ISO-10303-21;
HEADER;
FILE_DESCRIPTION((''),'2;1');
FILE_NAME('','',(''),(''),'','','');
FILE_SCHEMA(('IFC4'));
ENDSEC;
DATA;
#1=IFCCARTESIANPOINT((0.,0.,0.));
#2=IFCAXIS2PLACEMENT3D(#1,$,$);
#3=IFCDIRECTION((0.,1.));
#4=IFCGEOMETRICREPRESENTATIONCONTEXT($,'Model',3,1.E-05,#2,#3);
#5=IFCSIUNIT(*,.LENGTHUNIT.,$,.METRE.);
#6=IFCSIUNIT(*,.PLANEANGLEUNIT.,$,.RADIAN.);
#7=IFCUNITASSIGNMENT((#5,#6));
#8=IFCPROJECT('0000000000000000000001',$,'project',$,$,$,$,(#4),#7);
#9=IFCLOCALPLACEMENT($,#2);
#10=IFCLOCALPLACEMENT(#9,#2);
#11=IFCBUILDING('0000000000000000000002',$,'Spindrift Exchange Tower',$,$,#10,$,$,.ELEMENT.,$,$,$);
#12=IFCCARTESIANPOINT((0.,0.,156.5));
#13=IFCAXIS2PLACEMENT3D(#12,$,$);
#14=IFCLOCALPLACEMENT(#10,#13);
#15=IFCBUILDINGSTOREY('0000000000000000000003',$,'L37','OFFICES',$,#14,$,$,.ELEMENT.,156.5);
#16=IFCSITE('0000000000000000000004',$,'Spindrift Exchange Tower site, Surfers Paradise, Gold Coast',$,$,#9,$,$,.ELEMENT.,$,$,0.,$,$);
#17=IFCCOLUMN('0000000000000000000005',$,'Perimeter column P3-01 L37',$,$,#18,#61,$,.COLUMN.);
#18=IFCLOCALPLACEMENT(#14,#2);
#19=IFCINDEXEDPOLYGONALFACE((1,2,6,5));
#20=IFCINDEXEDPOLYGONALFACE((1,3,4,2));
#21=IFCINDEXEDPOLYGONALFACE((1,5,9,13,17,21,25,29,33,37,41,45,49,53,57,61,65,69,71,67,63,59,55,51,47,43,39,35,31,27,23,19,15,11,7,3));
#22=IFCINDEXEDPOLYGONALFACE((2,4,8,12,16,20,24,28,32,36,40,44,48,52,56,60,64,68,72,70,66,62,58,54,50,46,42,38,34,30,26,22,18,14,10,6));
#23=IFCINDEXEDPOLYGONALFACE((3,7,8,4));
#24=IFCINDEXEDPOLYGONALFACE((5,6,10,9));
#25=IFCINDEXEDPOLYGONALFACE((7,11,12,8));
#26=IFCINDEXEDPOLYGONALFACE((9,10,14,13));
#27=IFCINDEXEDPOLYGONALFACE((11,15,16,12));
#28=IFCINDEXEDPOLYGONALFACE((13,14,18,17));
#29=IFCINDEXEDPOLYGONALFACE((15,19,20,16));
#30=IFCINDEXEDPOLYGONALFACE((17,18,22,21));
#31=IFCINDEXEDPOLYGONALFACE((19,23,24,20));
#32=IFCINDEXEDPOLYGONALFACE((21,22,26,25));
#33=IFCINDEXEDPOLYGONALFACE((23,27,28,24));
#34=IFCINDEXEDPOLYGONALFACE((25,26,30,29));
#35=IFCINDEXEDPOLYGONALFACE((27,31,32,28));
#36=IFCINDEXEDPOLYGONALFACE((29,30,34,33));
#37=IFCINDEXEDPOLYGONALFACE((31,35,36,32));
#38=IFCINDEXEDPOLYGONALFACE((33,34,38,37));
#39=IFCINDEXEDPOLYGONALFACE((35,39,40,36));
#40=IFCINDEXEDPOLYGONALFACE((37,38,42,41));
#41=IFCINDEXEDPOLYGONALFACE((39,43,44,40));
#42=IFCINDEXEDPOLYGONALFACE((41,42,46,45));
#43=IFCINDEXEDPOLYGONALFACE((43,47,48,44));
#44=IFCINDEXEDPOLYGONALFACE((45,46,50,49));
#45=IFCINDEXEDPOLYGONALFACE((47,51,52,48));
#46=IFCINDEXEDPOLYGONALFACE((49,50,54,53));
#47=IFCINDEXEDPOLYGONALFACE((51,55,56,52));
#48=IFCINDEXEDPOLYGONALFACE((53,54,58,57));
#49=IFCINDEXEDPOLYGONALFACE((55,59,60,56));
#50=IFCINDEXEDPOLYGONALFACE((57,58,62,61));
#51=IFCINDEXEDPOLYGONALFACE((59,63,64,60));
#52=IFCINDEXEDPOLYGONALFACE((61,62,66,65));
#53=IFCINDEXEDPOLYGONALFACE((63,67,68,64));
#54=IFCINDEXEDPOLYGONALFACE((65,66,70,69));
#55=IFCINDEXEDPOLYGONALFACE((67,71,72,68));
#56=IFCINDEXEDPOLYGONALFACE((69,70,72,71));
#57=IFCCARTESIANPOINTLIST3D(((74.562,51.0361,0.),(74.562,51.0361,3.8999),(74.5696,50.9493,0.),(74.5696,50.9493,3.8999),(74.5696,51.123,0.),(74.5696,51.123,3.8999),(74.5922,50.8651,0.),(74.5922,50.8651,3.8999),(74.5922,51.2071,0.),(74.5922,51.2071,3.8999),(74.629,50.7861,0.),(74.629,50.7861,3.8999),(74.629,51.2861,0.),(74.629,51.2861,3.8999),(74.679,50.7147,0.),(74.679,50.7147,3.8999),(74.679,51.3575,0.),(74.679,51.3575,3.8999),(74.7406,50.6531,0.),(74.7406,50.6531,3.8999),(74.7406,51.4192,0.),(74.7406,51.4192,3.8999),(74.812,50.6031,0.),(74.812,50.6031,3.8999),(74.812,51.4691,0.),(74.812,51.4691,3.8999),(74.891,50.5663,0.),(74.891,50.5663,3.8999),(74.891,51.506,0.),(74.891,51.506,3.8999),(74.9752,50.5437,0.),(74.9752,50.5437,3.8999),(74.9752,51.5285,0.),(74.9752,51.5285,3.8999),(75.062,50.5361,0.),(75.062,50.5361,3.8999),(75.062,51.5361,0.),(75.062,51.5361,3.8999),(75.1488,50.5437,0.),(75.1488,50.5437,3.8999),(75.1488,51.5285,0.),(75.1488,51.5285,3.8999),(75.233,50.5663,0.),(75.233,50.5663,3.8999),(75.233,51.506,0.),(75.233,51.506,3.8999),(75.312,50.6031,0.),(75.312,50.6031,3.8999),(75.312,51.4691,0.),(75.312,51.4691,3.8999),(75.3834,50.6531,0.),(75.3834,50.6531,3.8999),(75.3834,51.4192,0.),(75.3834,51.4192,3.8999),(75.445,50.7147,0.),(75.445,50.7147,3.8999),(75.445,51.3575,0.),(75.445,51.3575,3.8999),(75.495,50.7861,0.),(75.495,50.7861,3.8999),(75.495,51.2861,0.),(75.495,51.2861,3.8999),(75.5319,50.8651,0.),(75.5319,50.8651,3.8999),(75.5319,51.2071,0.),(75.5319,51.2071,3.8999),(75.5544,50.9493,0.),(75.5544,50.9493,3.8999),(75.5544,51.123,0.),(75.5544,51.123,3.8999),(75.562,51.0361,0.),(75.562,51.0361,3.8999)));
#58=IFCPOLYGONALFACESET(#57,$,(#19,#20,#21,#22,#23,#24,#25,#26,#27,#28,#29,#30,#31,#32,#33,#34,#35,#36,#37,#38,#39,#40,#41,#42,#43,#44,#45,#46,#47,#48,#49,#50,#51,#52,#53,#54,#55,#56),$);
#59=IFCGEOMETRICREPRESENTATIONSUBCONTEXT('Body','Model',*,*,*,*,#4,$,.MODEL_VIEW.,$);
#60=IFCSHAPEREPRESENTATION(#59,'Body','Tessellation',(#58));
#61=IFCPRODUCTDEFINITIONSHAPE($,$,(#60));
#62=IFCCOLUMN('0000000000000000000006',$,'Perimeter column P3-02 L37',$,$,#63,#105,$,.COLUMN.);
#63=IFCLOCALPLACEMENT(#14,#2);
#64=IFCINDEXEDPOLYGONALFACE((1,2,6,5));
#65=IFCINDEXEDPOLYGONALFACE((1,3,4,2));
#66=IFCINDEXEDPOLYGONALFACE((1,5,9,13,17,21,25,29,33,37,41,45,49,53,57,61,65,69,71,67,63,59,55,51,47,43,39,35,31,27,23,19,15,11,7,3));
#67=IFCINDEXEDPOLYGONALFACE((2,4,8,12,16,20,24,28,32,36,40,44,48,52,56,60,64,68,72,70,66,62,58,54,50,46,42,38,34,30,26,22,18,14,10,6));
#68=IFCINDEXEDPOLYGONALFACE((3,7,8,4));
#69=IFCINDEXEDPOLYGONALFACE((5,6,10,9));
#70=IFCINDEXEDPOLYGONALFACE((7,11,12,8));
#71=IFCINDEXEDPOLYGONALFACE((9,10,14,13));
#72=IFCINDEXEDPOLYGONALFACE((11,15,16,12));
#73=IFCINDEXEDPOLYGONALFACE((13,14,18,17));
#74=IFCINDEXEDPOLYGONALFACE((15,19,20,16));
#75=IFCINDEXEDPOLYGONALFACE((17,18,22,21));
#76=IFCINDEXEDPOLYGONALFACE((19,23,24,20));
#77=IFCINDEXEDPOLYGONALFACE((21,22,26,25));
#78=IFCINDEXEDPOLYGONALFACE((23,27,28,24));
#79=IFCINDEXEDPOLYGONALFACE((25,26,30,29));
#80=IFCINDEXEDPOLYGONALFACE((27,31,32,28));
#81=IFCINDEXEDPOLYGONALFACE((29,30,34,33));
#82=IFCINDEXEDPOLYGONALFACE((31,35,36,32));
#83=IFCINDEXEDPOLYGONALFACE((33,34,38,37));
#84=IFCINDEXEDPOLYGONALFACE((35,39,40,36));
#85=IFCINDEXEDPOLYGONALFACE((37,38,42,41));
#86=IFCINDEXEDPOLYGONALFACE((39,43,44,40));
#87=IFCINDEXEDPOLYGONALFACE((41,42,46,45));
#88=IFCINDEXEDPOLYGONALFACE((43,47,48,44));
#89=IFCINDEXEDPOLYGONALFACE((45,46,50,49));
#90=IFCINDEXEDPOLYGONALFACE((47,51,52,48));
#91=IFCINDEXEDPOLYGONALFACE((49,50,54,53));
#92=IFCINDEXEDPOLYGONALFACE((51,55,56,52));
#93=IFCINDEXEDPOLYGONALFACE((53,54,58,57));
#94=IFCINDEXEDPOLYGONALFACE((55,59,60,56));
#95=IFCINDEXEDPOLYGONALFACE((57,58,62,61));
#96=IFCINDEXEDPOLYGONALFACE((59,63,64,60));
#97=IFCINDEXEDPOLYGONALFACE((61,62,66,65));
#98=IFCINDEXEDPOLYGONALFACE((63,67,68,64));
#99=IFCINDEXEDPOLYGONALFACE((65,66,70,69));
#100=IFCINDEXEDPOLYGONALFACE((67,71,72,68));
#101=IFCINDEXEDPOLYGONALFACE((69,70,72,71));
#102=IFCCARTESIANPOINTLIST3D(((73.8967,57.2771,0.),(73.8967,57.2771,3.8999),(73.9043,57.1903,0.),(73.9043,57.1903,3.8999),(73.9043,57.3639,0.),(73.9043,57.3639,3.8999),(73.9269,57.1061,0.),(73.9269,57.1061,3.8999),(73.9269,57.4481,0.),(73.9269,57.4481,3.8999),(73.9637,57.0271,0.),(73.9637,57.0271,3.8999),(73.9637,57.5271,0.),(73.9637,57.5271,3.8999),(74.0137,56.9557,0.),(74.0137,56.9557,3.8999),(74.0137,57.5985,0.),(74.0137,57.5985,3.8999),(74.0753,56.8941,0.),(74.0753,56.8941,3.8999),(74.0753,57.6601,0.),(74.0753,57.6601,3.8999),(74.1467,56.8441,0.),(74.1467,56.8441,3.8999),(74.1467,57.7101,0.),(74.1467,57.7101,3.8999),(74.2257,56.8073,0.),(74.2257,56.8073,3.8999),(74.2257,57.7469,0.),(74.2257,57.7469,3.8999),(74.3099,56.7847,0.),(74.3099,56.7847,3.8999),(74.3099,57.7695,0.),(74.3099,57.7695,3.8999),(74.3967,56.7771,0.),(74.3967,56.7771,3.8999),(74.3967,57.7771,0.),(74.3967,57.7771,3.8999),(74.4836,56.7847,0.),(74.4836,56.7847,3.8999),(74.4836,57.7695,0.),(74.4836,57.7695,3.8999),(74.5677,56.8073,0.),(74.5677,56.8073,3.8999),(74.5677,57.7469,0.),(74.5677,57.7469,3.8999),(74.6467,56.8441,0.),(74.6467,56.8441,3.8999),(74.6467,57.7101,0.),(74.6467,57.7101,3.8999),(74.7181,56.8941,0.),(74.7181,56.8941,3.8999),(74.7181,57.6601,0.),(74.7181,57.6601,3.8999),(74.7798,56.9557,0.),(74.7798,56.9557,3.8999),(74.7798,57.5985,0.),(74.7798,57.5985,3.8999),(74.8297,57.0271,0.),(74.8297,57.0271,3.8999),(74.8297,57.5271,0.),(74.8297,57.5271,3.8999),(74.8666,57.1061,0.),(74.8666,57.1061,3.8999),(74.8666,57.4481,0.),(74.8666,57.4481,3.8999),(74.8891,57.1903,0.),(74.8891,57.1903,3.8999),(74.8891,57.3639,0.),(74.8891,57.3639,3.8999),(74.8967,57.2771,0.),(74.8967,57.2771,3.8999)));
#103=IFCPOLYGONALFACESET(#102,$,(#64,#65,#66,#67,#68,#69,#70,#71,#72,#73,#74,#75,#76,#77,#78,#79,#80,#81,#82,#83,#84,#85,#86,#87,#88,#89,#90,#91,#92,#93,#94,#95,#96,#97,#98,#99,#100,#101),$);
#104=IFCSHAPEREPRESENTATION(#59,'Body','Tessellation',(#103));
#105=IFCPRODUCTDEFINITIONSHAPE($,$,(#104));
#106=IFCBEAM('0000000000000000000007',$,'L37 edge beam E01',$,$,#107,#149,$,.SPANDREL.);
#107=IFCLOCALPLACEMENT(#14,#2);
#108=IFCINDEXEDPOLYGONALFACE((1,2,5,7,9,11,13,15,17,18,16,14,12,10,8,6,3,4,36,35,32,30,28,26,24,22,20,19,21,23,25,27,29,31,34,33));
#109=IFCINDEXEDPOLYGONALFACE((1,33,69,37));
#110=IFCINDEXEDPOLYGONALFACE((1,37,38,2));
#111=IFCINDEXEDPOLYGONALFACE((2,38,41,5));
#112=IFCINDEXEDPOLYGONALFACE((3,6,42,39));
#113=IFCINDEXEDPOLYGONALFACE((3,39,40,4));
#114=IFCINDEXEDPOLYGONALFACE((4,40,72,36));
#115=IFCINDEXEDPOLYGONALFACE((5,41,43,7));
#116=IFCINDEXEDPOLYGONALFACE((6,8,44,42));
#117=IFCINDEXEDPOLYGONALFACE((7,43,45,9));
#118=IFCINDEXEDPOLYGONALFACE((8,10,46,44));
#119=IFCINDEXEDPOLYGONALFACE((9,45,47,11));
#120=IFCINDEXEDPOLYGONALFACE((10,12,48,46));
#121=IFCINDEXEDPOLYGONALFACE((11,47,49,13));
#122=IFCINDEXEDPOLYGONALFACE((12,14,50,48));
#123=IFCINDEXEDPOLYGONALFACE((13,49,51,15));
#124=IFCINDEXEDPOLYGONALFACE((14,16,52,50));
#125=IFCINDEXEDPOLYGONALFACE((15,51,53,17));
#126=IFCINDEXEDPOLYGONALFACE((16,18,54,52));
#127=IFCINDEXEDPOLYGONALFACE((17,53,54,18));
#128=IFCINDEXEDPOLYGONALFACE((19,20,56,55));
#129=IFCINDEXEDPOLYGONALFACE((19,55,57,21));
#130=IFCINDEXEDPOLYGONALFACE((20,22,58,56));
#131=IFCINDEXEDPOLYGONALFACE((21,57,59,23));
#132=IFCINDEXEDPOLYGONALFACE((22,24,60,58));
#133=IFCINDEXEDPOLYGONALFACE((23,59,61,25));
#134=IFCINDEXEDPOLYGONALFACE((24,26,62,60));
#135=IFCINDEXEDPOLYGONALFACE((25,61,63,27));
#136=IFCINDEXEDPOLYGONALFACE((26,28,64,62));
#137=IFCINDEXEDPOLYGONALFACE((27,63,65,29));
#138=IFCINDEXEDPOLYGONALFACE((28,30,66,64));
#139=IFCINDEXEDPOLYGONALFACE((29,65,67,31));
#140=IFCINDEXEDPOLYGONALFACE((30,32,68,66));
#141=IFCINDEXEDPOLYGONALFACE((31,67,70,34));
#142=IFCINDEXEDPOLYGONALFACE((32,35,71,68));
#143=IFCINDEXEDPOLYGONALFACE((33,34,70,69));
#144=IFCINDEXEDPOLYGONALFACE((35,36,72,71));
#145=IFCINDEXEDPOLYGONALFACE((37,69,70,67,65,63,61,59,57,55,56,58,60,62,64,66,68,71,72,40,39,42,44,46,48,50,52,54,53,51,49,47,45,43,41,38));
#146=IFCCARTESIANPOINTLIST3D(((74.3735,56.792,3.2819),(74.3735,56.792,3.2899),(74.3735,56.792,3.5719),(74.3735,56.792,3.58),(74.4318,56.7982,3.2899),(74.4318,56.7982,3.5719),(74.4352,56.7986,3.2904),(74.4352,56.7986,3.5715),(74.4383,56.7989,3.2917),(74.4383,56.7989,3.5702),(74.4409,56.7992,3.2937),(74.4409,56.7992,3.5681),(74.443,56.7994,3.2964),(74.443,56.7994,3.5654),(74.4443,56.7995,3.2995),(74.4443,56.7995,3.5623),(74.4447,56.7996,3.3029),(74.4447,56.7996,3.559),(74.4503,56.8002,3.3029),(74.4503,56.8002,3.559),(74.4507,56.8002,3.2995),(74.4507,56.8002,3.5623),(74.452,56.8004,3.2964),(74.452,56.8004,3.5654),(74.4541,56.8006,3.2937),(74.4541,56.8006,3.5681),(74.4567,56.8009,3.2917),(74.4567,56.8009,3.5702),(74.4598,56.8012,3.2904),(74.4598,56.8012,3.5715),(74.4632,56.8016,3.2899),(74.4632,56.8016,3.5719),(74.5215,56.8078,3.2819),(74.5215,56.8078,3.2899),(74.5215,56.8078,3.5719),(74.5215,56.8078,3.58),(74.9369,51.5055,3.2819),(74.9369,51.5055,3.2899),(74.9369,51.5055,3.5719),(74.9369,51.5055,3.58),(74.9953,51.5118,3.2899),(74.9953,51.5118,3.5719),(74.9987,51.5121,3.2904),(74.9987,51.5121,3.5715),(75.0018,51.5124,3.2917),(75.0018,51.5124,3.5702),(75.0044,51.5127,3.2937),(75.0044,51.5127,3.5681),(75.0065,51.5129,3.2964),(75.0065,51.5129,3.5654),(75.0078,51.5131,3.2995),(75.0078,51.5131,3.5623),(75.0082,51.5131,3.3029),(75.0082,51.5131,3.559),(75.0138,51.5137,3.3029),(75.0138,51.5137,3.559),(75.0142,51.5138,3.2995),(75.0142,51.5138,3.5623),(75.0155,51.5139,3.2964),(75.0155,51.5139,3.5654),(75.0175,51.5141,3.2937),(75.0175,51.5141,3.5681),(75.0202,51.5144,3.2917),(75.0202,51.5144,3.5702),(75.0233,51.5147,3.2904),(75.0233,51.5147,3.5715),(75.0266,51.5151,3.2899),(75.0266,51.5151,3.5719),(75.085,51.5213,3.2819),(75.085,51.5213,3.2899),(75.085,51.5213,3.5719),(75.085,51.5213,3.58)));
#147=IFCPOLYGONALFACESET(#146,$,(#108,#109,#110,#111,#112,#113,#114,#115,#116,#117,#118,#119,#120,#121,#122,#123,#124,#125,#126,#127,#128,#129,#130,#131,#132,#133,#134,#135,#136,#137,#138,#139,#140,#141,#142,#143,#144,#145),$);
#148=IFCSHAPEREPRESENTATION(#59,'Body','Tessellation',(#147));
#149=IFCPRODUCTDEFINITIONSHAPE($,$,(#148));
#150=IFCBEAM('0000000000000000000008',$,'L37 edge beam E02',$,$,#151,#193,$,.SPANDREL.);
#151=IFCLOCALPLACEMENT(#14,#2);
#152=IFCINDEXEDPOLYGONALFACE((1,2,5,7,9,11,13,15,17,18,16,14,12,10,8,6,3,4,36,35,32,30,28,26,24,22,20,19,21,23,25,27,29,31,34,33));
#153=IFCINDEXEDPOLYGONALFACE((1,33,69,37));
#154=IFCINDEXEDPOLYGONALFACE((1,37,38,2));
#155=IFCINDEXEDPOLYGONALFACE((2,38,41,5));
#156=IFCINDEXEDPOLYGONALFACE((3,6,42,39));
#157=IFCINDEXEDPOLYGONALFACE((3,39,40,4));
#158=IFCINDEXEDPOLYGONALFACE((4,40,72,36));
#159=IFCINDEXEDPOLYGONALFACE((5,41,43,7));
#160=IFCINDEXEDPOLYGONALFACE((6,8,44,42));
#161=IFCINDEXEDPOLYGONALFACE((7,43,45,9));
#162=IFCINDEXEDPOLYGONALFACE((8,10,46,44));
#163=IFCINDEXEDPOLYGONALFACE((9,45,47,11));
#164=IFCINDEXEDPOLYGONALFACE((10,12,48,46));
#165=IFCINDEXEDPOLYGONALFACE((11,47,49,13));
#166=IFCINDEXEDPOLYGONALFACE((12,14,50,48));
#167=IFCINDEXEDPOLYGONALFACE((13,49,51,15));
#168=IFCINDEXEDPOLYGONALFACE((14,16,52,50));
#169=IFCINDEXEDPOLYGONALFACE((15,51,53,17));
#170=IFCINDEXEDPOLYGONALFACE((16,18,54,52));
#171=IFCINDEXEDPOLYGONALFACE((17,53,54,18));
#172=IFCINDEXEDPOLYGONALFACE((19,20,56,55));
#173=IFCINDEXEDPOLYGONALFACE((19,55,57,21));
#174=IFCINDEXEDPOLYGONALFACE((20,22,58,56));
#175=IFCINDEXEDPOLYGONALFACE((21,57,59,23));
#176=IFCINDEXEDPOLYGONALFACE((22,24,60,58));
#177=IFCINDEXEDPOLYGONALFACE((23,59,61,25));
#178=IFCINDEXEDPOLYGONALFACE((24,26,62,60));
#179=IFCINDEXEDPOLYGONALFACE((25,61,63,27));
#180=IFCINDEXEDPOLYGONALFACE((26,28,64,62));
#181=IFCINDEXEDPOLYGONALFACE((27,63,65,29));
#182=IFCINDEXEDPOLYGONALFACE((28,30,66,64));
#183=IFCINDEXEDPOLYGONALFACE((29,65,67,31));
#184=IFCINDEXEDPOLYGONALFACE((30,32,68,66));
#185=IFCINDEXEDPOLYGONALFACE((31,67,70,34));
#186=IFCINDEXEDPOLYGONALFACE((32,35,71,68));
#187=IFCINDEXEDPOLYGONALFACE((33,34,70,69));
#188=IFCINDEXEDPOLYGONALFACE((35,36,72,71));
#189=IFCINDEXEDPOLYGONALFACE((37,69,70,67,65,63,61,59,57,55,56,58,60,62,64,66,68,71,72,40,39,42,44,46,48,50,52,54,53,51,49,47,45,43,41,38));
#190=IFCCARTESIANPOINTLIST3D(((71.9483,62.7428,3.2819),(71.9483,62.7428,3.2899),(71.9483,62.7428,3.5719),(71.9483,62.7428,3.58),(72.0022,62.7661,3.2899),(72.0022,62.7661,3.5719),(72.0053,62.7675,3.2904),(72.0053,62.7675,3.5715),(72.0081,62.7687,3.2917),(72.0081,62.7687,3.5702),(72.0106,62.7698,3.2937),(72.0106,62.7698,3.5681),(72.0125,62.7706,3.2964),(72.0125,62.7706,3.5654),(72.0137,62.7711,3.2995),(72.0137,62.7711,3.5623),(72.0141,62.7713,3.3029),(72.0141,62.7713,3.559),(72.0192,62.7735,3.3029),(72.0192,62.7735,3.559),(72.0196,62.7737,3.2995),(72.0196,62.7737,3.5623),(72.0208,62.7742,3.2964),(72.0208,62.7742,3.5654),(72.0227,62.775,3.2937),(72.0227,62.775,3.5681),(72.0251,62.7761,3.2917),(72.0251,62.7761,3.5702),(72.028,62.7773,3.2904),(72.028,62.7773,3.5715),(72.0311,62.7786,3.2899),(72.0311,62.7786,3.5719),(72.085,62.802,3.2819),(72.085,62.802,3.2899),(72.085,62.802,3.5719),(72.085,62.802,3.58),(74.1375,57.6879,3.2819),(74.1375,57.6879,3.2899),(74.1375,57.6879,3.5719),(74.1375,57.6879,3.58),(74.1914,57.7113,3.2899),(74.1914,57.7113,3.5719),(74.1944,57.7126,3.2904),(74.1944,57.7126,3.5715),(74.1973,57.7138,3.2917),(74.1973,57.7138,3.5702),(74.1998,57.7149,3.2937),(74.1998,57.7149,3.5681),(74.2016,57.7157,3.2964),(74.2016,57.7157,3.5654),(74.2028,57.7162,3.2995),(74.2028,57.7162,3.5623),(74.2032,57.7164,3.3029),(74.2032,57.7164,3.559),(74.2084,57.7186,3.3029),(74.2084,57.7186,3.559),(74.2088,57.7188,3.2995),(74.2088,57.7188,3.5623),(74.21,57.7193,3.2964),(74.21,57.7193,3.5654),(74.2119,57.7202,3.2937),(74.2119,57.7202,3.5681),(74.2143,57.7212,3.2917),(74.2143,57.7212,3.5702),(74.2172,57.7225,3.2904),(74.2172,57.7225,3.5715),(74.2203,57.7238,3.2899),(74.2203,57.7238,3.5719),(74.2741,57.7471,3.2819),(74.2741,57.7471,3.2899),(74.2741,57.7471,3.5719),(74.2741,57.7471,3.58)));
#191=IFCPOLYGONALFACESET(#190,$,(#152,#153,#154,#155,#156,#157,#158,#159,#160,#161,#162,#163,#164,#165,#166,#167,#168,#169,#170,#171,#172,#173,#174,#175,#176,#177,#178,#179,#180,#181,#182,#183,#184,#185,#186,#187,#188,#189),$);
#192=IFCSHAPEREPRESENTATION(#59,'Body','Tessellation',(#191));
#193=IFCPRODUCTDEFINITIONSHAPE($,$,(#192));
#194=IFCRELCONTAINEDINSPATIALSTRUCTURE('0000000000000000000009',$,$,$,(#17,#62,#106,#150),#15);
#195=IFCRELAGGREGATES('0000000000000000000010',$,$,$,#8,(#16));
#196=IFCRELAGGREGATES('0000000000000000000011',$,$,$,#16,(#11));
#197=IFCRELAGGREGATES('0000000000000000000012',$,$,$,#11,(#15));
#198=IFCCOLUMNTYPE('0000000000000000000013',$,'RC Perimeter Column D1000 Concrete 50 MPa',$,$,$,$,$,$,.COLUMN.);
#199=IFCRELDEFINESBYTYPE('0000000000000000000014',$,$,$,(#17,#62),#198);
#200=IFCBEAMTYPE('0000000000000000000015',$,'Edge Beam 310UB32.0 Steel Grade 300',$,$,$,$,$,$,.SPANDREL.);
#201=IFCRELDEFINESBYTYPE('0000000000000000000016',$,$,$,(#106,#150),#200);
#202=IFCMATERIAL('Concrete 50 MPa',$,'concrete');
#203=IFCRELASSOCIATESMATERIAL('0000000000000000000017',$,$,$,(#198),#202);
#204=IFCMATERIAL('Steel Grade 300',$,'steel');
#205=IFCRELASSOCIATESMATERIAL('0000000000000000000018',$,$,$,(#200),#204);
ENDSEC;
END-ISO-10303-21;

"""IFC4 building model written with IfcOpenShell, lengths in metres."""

from ifc_helpers import new_model, si_unit, direction, frame, origin, origin_2d, place, context, subcontext, project, spatial, circle, i_section, extrude, source, transform, mapped, material, material_profile, profile_set, type_object, element, save


model = new_model("IFC4")

# Units and contexts
model_context = context("Model", 3, precision=1e-05, world=origin(), true_north=direction((0.0, 1.0)))
body_context = subcontext(model_context, "Body", "Model", "MODEL_VIEW")
ifc_project = project(units=[si_unit("LENGTHUNIT", "METRE"), si_unit("PLANEANGLEUNIT", "RADIAN")], contexts=[model_context])

# Site, building, storey
site_placement = place(None, origin())
site = spatial("IfcSite", under=ifc_project, at=site_placement, Name="Spindrift Exchange Tower site, Surfers Paradise, Gold Coast", CompositionType="ELEMENT", RefElevation=0.0)
building_placement = place(site_placement, origin())
building = spatial("IfcBuilding", under=site, at=building_placement, Name="Spindrift Exchange Tower", CompositionType="ELEMENT")
storey_placement = place(building_placement, frame((0.0, 0.0, 156.5)))
storey = spatial("IfcBuildingStorey", under=building, at=storey_placement, Name="L37", Description="OFFICES", CompositionType="ELEMENT", Elevation=156.5)

# Columns
ifc_material_1 = material(Name="Concrete 50 MPa", Category="concrete")
ifc_material_profile_1 = material_profile(ifc_material_1, circle(Radius=0.5, at=origin_2d()), Name="RC D1000")
ifc_profile_set_1 = profile_set([ifc_material_profile_1], Name="Concrete 50 MPa")
column_type = type_object("IfcColumnType", Name="RC Perimeter Column D1000 Concrete 50 MPa", PredefinedType="COLUMN", material=ifc_profile_set_1)
shared_shape_1 = source(origin(), body_context, "Body", "SweptSolid", [
    extrude(circle(Radius=0.5, at=origin_2d()), origin(), (0.0, 0.0, 1.0), 3.8999),
])
for number, where, z_axis, x_axis, name in (
    (1, (75.062, 51.0361, 0.0), (0.0, 0.0, 1.0), (1.0, 0.0, 0.0), "Perimeter column P3-01 L37"),
    (2, (74.3967, 57.2771, 0.0), (0.0, 0.0, 1.0), (1.0, 0.0, 0.0), "Perimeter column P3-02 L37"),
):
    element("IfcColumn", number, at=place(storey_placement, frame(where, z_axis=z_axis, x_axis=x_axis)), inside=storey, type_object=column_type, Name=name, PredefinedType="COLUMN", context=body_context, shape_type="MappedRepresentation", body=[
        mapped(shared_shape_1, transform((0.0, 0.0, 0.0), scale=1.0)),
    ])

# Beams
ifc_material_2 = material(Name="Steel Grade 300", Category="steel")
ifc_material_profile_2 = material_profile(ifc_material_2, i_section(OverallWidth=0.1489, OverallDepth=0.2981, WebThickness=0.0056, FlangeThickness=0.0081, FilletRadius=0.0129, at=origin_2d()), Name="310UB32.0")
ifc_profile_set_2 = profile_set([ifc_material_profile_2], Name="Steel Grade 300")
beam_type_1 = type_object("IfcBeamType", Name="Edge Beam 310UB32.0 Steel Grade 300", PredefinedType="SPANDREL", material=ifc_profile_set_2)
shared_shape_2 = source(origin(), body_context, "Body", "SweptSolid", [
    extrude(i_section(OverallWidth=0.1489, OverallDepth=0.2981, WebThickness=0.0056, FlangeThickness=0.0081, FilletRadius=0.0129, at=origin_2d()), origin(), (0.0, 0.0, 1.0), 5.3164),
])
beam_1_placement = place(storey_placement, frame((75.011, 51.5134, 3.4309), z_axis=(-0.10599, 0.994367, 0.0), x_axis=(-0.994367, -0.10599, 0.0)))
element("IfcBeam", 3, at=beam_1_placement, inside=storey, type_object=beam_type_1, Name="L37 edge beam E01", PredefinedType="SPANDREL", context=body_context, shape_type="MappedRepresentation", body=[
    mapped(shared_shape_2, transform((0.0, 0.0, 0.0), scale=1.0)),
])
shared_shape_3 = source(origin(), body_context, "Body", "SweptSolid", [
    extrude(i_section(OverallWidth=0.1489, OverallDepth=0.2981, WebThickness=0.0056, FlangeThickness=0.0081, FilletRadius=0.0129, at=origin_2d()), origin(), (0.0, 0.0, 1.0), 5.5085),
])
beam_2_placement = place(storey_placement, frame((74.2058, 57.7175, 3.4309), z_axis=(-0.397415, 0.917639, 0.0), x_axis=(-0.917639, -0.397415, 0.0)))
element("IfcBeam", 4, at=beam_2_placement, inside=storey, type_object=beam_type_1, Name="L37 edge beam E02", PredefinedType="SPANDREL", context=body_context, shape_type="MappedRepresentation", body=[
    mapped(shared_shape_3, transform((0.0, 0.0, 0.0), scale=1.0)),
])

save(model, "model.ifc")
